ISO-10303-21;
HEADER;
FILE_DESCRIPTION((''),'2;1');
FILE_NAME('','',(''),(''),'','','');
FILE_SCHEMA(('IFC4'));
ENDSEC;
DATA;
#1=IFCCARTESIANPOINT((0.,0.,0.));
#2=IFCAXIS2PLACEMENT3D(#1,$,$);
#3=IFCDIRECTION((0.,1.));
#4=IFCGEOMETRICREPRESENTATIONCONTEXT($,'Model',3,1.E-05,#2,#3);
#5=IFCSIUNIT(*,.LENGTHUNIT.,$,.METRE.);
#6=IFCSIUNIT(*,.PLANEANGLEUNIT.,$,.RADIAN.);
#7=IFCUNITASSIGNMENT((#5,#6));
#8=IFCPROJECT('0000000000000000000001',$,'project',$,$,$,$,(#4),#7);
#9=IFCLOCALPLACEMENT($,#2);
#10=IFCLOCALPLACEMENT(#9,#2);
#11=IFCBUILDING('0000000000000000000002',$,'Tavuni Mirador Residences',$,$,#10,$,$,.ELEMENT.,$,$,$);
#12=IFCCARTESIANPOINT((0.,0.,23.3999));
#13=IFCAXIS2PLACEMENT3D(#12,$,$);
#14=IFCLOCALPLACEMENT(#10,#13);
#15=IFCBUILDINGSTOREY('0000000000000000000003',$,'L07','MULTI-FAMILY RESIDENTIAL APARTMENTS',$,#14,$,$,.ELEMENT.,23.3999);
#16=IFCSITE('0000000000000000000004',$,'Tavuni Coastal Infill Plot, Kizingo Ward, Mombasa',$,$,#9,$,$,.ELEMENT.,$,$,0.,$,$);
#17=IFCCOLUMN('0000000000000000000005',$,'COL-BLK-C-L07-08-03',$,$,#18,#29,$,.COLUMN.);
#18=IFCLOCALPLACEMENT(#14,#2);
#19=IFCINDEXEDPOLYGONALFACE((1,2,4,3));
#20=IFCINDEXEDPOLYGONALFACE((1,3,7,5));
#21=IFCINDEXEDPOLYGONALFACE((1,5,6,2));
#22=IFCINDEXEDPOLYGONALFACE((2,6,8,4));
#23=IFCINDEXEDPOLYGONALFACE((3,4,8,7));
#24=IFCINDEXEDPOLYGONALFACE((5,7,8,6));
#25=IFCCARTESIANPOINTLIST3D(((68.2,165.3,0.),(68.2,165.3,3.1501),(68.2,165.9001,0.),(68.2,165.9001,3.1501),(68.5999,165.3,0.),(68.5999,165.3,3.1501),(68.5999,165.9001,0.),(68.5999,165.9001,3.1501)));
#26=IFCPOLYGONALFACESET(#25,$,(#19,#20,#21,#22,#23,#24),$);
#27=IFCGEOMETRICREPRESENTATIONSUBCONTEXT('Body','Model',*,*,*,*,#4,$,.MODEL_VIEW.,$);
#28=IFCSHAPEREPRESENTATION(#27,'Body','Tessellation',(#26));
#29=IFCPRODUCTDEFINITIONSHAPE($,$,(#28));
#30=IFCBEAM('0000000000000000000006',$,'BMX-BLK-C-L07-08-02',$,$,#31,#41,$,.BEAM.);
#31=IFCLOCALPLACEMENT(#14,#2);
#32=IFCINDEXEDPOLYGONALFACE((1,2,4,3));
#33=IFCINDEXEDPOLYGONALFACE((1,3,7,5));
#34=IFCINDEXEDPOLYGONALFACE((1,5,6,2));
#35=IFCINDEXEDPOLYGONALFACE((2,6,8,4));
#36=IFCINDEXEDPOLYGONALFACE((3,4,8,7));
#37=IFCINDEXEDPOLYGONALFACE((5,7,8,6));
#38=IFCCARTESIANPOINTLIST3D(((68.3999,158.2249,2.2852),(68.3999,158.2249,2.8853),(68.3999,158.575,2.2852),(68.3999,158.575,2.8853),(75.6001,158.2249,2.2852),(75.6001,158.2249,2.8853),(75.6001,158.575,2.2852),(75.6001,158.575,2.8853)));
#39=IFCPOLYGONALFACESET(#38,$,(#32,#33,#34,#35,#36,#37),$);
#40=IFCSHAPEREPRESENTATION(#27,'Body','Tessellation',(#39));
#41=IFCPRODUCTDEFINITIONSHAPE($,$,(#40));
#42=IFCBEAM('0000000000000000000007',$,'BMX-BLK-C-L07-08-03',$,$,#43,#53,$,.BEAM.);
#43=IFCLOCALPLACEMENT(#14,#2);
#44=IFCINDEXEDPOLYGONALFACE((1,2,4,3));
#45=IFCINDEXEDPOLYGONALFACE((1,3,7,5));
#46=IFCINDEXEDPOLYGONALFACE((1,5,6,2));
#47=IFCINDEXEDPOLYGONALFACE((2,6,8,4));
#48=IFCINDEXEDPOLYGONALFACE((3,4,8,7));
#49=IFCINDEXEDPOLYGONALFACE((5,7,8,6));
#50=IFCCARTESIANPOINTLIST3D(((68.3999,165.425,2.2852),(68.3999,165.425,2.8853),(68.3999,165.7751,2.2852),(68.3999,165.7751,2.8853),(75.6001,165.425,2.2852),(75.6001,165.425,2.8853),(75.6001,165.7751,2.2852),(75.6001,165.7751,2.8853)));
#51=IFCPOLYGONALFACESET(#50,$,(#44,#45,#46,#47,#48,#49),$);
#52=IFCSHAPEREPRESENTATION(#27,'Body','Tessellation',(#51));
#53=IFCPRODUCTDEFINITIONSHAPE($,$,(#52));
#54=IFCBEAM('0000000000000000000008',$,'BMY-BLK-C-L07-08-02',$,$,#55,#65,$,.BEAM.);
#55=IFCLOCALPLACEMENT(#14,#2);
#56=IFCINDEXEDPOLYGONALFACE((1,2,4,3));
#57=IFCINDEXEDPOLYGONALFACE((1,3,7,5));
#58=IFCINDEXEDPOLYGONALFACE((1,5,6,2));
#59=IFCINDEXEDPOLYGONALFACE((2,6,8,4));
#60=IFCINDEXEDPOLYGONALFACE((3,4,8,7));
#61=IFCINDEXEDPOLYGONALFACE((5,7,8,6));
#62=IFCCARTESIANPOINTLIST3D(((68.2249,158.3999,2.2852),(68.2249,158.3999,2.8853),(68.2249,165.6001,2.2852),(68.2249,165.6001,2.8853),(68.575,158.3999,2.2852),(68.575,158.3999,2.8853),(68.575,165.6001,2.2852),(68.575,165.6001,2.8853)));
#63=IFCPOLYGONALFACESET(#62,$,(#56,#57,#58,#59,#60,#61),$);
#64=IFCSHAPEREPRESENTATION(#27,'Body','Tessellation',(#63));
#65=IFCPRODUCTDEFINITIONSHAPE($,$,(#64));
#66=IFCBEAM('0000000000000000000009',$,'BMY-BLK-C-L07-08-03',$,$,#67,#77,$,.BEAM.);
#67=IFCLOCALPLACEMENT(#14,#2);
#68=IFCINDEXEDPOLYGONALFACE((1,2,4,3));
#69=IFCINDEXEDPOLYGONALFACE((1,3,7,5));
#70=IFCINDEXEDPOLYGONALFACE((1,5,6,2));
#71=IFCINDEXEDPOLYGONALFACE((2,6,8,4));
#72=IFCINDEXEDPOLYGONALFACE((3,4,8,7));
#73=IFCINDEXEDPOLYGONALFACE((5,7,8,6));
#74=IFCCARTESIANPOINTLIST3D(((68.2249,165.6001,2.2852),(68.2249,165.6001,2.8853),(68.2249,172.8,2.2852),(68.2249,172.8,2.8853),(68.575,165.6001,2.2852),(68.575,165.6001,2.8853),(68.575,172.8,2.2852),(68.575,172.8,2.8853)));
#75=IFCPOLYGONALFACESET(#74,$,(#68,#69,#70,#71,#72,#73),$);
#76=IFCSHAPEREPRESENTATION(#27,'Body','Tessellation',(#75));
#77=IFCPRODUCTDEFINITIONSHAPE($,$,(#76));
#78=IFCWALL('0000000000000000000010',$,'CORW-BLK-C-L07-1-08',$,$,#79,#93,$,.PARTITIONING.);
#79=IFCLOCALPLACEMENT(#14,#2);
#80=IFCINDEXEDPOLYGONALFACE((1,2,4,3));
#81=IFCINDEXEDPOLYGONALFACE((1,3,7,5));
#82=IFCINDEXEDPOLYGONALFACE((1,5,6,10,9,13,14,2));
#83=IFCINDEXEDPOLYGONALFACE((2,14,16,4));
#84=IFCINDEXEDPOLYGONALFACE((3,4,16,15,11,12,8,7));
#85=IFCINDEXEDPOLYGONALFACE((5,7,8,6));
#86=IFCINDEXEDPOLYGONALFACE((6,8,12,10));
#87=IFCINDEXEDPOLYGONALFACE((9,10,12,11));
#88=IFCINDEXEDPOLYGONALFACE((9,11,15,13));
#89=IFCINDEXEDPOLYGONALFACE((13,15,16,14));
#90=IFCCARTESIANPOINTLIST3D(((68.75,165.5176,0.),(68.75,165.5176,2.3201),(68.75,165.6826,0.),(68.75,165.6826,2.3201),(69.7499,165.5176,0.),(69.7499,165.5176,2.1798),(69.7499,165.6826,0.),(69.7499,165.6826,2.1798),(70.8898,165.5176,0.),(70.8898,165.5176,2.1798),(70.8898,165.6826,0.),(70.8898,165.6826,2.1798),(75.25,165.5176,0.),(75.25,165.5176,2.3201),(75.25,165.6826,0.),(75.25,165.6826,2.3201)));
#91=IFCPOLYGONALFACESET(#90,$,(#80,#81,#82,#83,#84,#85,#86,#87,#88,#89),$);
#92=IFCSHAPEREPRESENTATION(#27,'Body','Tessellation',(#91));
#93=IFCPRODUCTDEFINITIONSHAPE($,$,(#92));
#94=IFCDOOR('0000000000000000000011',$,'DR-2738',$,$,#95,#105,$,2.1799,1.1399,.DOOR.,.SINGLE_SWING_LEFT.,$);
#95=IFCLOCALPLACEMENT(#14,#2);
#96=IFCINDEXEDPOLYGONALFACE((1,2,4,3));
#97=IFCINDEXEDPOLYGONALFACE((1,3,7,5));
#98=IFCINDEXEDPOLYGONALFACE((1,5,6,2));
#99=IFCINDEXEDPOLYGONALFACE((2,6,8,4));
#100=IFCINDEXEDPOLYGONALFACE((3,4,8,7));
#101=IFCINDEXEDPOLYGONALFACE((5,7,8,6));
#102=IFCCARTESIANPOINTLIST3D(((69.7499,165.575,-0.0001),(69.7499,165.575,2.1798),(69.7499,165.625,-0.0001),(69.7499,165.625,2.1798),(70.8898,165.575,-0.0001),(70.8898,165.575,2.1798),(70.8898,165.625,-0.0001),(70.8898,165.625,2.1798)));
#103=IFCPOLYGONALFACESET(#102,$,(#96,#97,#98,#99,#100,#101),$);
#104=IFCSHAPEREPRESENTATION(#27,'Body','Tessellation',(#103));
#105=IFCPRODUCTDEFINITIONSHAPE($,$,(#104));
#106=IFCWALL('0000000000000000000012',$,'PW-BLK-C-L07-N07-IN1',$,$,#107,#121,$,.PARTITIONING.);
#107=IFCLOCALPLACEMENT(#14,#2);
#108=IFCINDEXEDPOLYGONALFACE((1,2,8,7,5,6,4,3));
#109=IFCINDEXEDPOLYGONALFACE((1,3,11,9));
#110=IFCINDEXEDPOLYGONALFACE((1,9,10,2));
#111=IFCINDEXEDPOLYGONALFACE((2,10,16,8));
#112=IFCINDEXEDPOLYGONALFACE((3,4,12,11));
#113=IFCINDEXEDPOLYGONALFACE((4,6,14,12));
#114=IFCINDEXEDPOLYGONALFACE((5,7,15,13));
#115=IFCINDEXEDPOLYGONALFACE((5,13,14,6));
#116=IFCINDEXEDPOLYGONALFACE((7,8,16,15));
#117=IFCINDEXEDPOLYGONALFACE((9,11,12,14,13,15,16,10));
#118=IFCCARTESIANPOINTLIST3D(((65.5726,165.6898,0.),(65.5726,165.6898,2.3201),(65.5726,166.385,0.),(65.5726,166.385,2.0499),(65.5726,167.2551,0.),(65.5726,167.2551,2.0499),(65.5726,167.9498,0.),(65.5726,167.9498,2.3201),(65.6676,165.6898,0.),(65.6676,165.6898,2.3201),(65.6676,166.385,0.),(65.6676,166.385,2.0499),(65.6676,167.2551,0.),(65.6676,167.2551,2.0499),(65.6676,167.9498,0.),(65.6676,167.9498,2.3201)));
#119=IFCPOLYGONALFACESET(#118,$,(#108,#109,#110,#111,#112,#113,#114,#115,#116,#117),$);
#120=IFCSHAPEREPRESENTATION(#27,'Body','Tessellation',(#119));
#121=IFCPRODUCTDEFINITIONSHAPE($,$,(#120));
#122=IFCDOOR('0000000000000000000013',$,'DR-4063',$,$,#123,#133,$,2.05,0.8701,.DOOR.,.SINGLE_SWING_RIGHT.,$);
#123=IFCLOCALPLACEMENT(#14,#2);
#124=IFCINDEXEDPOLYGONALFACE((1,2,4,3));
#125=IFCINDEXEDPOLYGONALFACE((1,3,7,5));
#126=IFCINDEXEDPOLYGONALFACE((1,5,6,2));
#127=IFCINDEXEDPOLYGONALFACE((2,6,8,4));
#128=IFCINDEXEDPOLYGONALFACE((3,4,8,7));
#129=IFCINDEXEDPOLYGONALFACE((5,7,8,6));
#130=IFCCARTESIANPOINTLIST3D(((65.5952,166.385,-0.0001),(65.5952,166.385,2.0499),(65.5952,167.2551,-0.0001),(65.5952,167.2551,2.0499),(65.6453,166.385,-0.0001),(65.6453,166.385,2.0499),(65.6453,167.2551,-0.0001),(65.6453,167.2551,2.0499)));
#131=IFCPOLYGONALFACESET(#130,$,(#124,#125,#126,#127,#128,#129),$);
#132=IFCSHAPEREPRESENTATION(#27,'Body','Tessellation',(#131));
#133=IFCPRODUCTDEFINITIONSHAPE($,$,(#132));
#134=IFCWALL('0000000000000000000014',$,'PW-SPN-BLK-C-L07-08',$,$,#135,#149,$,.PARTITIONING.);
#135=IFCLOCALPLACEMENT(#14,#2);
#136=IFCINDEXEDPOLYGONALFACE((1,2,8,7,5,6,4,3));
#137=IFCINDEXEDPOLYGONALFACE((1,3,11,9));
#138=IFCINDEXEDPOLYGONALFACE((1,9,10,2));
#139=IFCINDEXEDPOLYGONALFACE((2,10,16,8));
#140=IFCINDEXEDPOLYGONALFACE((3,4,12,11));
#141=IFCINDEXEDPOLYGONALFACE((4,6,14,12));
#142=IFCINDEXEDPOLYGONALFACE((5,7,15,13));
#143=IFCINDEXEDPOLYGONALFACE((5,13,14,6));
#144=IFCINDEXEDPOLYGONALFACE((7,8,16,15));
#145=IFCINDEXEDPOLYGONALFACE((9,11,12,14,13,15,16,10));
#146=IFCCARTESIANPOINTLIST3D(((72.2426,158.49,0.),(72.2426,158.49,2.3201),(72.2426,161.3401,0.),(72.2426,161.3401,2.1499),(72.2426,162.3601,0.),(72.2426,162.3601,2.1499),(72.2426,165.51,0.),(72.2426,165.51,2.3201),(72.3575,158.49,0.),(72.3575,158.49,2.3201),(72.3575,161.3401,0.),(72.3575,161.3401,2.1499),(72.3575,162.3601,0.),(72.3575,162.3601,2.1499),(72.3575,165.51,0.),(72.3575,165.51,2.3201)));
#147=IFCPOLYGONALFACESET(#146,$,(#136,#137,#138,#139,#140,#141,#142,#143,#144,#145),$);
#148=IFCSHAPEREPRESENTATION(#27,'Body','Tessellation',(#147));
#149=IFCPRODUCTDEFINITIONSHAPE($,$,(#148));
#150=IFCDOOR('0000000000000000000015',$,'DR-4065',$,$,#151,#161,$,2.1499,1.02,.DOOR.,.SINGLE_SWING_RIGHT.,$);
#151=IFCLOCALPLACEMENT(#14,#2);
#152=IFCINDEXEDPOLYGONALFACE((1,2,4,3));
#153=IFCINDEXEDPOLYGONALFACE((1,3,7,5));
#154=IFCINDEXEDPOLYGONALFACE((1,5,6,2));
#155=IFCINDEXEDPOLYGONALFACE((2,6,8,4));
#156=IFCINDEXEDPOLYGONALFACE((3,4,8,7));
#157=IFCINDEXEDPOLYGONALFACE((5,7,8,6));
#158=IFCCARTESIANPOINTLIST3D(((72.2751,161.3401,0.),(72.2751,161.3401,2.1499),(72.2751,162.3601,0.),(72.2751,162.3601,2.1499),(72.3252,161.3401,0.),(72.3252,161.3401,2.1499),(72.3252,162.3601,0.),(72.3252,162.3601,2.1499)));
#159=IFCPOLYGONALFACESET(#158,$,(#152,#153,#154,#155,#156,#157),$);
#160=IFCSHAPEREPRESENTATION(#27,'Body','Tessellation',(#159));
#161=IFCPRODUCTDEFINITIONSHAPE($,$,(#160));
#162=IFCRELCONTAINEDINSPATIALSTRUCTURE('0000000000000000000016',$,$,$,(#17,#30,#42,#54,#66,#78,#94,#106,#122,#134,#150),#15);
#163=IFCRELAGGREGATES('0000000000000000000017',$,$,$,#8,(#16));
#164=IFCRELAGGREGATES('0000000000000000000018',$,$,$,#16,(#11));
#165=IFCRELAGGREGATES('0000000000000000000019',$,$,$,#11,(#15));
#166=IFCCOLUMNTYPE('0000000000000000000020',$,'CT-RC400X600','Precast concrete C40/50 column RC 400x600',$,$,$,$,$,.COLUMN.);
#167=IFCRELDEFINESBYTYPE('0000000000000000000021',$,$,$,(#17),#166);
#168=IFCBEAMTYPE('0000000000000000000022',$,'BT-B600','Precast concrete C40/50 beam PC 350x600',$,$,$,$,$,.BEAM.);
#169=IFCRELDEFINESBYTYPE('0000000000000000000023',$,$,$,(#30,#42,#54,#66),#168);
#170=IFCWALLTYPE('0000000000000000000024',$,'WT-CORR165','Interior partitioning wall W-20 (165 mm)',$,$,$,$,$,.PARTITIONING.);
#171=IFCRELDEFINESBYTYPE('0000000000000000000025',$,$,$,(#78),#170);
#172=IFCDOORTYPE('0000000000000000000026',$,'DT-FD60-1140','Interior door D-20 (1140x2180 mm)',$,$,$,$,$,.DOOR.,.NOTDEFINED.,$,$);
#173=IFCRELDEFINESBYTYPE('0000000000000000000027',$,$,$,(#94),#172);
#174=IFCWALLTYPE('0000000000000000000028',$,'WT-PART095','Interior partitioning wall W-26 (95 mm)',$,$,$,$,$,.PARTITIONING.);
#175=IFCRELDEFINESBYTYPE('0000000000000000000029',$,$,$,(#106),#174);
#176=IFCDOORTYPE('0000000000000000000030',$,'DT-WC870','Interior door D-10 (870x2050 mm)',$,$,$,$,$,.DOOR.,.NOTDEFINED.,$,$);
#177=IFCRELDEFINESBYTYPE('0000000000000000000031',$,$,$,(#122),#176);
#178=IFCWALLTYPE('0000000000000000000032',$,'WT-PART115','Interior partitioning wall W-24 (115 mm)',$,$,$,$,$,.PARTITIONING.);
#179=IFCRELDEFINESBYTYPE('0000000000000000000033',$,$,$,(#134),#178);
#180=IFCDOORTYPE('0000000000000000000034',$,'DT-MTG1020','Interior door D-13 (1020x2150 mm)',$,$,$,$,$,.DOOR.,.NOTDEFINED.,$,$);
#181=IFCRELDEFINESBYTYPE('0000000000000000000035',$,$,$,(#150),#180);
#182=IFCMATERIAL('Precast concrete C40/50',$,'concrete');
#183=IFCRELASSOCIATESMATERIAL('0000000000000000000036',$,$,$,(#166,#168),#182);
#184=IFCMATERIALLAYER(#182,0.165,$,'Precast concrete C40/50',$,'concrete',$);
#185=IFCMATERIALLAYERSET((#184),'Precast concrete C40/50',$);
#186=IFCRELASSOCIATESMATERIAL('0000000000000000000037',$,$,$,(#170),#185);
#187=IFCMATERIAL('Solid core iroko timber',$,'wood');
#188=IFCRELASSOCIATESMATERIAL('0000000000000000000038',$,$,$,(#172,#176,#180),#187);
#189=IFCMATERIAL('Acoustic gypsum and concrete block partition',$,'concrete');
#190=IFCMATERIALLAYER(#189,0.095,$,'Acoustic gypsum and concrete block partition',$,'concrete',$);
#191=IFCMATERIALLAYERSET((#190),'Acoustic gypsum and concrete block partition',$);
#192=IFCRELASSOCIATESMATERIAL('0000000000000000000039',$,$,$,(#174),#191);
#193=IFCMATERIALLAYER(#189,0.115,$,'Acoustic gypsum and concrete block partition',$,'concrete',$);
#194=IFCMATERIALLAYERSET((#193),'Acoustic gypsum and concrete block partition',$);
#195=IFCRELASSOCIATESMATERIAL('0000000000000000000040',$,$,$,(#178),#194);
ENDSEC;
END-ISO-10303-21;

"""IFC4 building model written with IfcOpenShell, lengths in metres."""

from ifc_helpers import new_model, si_unit, direction, frame, frame_2d, origin, origin_2d, place, context, subcontext, project, spatial, rectangle, extrude, material, layer, layer_set, material_profile, profile_set, type_object, element, fill, save


model = new_model("IFC4")

# Units and contexts
model_context = context("Model", 3, precision=1e-05, world=origin(), true_north=direction((0.0, 1.0)))
body_context = subcontext(model_context, "Body", "Model", "MODEL_VIEW")
ifc_project = project(units=[si_unit("LENGTHUNIT", "METRE"), si_unit("PLANEANGLEUNIT", "RADIAN")], contexts=[model_context])

# Site, building, storey
site_placement = place(None, origin())
site = spatial("IfcSite", under=ifc_project, at=site_placement, Name="Tavuni Coastal Infill Plot, Kizingo Ward, Mombasa", CompositionType="ELEMENT", RefElevation=0.0)
building_placement = place(site_placement, origin())
building = spatial("IfcBuilding", under=site, at=building_placement, Name="Tavuni Mirador Residences", CompositionType="ELEMENT")
storey_placement = place(building_placement, frame((0.0, 0.0, 23.3999)))
storey = spatial("IfcBuildingStorey", under=building, at=storey_placement, Name="L07", Description="MULTI-FAMILY RESIDENTIAL APARTMENTS", CompositionType="ELEMENT", Elevation=23.3999)

# Column
ifc_material_1 = material(Name="Precast concrete C40/50", Category="concrete")
ifc_material_profile_1 = material_profile(ifc_material_1, rectangle(XDim=0.3999, YDim=0.6001, at=origin_2d()), Name="RC 400x600", Category="concrete")
ifc_profile_set_1 = profile_set([ifc_material_profile_1], Name="Precast concrete C40/50")
column_type = type_object("IfcColumnType", Name="CT-RC400X600", Description="Precast concrete C40/50 column RC 400x600", PredefinedType="COLUMN", material=ifc_profile_set_1)
column_placement = place(storey_placement, frame((68.3999, 165.6001, 0.0), z_axis=(0.0, 0.0, 1.0), x_axis=(1.0, 0.0, 0.0)))
element("IfcColumn", 1, at=column_placement, inside=storey, type_object=column_type, Name="COL-BLK-C-L07-08-03", PredefinedType="COLUMN", context=body_context, shape_type="SweptSolid", body=[
    extrude(rectangle(XDim=0.3999, YDim=0.6001, at=origin_2d()), origin(), (0.0, 0.0, 1.0), 3.1501),
])

# Beams
ifc_material_profile_2 = material_profile(ifc_material_1, rectangle(XDim=0.3501, YDim=0.6001, at=origin_2d()), Name="PC 350x600", Category="concrete")
ifc_profile_set_2 = profile_set([ifc_material_profile_2], Name="Precast concrete C40/50")
beam_type = type_object("IfcBeamType", Name="BT-B600", Description="Precast concrete C40/50 beam PC 350x600", PredefinedType="BEAM", material=ifc_profile_set_2)
for number, where, z_axis, x_axis, name in (
    (2, (68.3999, 158.3999, 2.5852), (1.0, 0.0, 0.0), (0.0, 1.0, 0.0), "BMX-BLK-C-L07-08-02"),
    (3, (68.3999, 165.6001, 2.5852), (1.0, 0.0, 0.0), (0.0, 1.0, 0.0), "BMX-BLK-C-L07-08-03"),
    (4, (68.3999, 158.3999, 2.5852), (0.0, 1.0, 0.0), (-1.0, 0.0, 0.0), "BMY-BLK-C-L07-08-02"),
):
    element("IfcBeam", number, at=place(storey_placement, frame(where, z_axis=z_axis, x_axis=x_axis)), inside=storey, type_object=beam_type, Name=name, PredefinedType="BEAM", context=body_context, shape_type="SweptSolid", body=[
        extrude(rectangle(XDim=0.3501, YDim=0.6001, at=origin_2d()), origin(), (0.0, 0.0, 1.0), 7.2002),
    ])
beam_placement = place(storey_placement, frame((68.3999, 165.6001, 2.5852), z_axis=(0.0, 1.0, 0.0), x_axis=(-1.0, 0.0, 0.0)))
element("IfcBeam", 5, at=beam_placement, inside=storey, type_object=beam_type, Name="BMY-BLK-C-L07-08-03", PredefinedType="BEAM", context=body_context, shape_type="SweptSolid", body=[
    extrude(rectangle(XDim=0.3501, YDim=0.6001, at=origin_2d()), origin(), (0.0, 0.0, 1.0), 7.2),
])

# Walls, openings, doors
ifc_layer_1 = layer(ifc_material_1, 0.165, Name="Precast concrete C40/50", Category="concrete")
ifc_layer_set_1 = layer_set([ifc_layer_1], Name="Precast concrete C40/50")
wall_type_1 = type_object("IfcWallType", Name="WT-CORR165", Description="Interior partitioning wall W-20 (165 mm)", PredefinedType="PARTITIONING", material=ifc_layer_set_1)
ifc_material_2 = material(Name="Solid core iroko timber", Category="wood")
wall_1_placement = place(storey_placement, frame((68.75, 165.6001, 0.0), z_axis=(0.0, 0.0, 1.0), x_axis=(1.0, 0.0, 0.0)))
wall_1 = element("IfcWall", 6, at=wall_1_placement, inside=storey, type_object=wall_type_1, Name="CORW-BLK-C-L07-1-08", PredefinedType="PARTITIONING", context=body_context, shape_type="SweptSolid", body=[
    extrude(rectangle(XDim=6.5, YDim=0.165, at=frame_2d((3.25, 0.0))), origin(), (0.0, 0.0, 1.0), 2.3201),
])
opening_1_placement = place(wall_1_placement, frame((1.0, 0.0, 0.0)))
opening_1 = element("IfcOpeningElement", 7, at=opening_1_placement, cuts=wall_1, PredefinedType="OPENING", context=body_context, shape_type="SweptSolid", body=[
    extrude(rectangle(XDim=1.1399, YDim=2.1799, at=frame_2d((0.5698, 1.0898))), frame((0.0, 0.0925, 0.0), z_axis=(0.0, -1.0, 0.0), x_axis=(1.0, 0.0, 0.0)), (0.0, 0.0, 1.0), 0.1851),
])
door_type_1 = type_object("IfcDoorType", Name="DT-FD60-1140", Description="Interior door D-20 (1140x2180 mm)", OperationType="NOTDEFINED", PredefinedType="DOOR", material=ifc_material_2)
door_1_placement = place(opening_1_placement, origin())
door_1 = element("IfcDoor", 8, at=door_1_placement, inside=storey, type_object=door_type_1, Name="DR-2738", OperationType="SINGLE_SWING_LEFT", OverallHeight=2.1799, OverallWidth=1.1399, PredefinedType="DOOR", context=body_context, shape_type="SweptSolid", body=[
    extrude(rectangle(XDim=1.1399, YDim=2.1799, at=frame_2d((0.5698, 1.0898))), frame((0.0, 0.0249, 0.0), z_axis=(0.0, -1.0, 0.0), x_axis=(1.0, 0.0, 0.0)), (0.0, 0.0, 1.0), 0.05),
])
fill(opening_1, door_1)
ifc_material_3 = material(Name="Acoustic gypsum and concrete block partition", Category="concrete")
ifc_layer_2 = layer(ifc_material_3, 0.095, Name="Acoustic gypsum and concrete block partition", Category="concrete")
ifc_layer_set_2 = layer_set([ifc_layer_2], Name="Acoustic gypsum and concrete block partition")
wall_type_2 = type_object("IfcWallType", Name="WT-PART095", Description="Interior partitioning wall W-26 (95 mm)", PredefinedType="PARTITIONING", material=ifc_layer_set_2)
wall_2_placement = place(storey_placement, frame((65.6201, 165.6899, 0.0), z_axis=(0.0, 0.0, 1.0), x_axis=(0.0, 1.0, 0.0)))
wall_2 = element("IfcWall", 9, at=wall_2_placement, inside=storey, type_object=wall_type_2, Name="PW-BLK-C-L07-N07-IN1", PredefinedType="PARTITIONING", context=body_context, shape_type="SweptSolid", body=[
    extrude(rectangle(XDim=2.26, YDim=0.095, at=frame_2d((1.1299, 0.0))), origin(), (0.0, 0.0, 1.0), 2.3201),
])
opening_2_placement = place(wall_2_placement, frame((0.6951, 0.0, 0.0)))
opening_2 = element("IfcOpeningElement", 10, at=opening_2_placement, cuts=wall_2, PredefinedType="OPENING", context=body_context, shape_type="SweptSolid", body=[
    extrude(rectangle(XDim=0.8701, YDim=2.05, at=frame_2d((0.4351, 1.0249))), frame((0.0, 0.0576, 0.0), z_axis=(0.0, -1.0, 0.0), x_axis=(1.0, 0.0, 0.0)), (0.0, 0.0, 1.0), 0.115),
])
door_type_2 = type_object("IfcDoorType", Name="DT-WC870", Description="Interior door D-10 (870x2050 mm)", OperationType="NOTDEFINED", PredefinedType="DOOR", material=ifc_material_2)
door_2_placement = place(opening_2_placement, origin())
door_2 = element("IfcDoor", 11, at=door_2_placement, inside=storey, type_object=door_type_2, Name="DR-4063", OperationType="SINGLE_SWING_RIGHT", OverallHeight=2.05, OverallWidth=0.8701, PredefinedType="DOOR", context=body_context, shape_type="SweptSolid", body=[
    extrude(rectangle(XDim=0.8701, YDim=2.05, at=frame_2d((0.4351, 1.0249))), frame((0.0, 0.0249, 0.0), z_axis=(0.0, -1.0, 0.0), x_axis=(1.0, 0.0, 0.0)), (0.0, 0.0, 1.0), 0.05),
])
fill(opening_2, door_2)
ifc_layer_3 = layer(ifc_material_3, 0.115, Name="Acoustic gypsum and concrete block partition", Category="concrete")
ifc_layer_set_3 = layer_set([ifc_layer_3], Name="Acoustic gypsum and concrete block partition")
wall_type_3 = type_object("IfcWallType", Name="WT-PART115", Description="Interior partitioning wall W-24 (115 mm)", PredefinedType="PARTITIONING", material=ifc_layer_set_3)
wall_3_placement = place(storey_placement, frame((72.3, 158.49, 0.0), z_axis=(0.0, 0.0, 1.0), x_axis=(0.0, 1.0, 0.0)))
wall_3 = element("IfcWall", 12, at=wall_3_placement, inside=storey, type_object=wall_type_3, Name="PW-SPN-BLK-C-L07-08", PredefinedType="PARTITIONING", context=body_context, shape_type="SweptSolid", body=[
    extrude(rectangle(XDim=7.02, YDim=0.115, at=frame_2d((3.51, 0.0))), origin(), (0.0, 0.0, 1.0), 2.3201),
])
opening_3_placement = place(wall_3_placement, frame((2.8501, 0.0, 0.0)))
opening_3 = element("IfcOpeningElement", 13, at=opening_3_placement, cuts=wall_3, PredefinedType="OPENING", context=body_context, shape_type="SweptSolid", body=[
    extrude(rectangle(XDim=1.02, YDim=2.1499, at=frame_2d((0.51, 1.075))), frame((0.0, 0.0674, 0.0), z_axis=(0.0, -1.0, 0.0), x_axis=(1.0, 0.0, 0.0)), (0.0, 0.0, 1.0), 0.135),
])
door_type_3 = type_object("IfcDoorType", Name="DT-MTG1020", Description="Interior door D-13 (1020x2150 mm)", OperationType="NOTDEFINED", PredefinedType="DOOR", material=ifc_material_2)
door_3_placement = place(opening_3_placement, origin())
door_3 = element("IfcDoor", 14, at=door_3_placement, inside=storey, type_object=door_type_3, Name="DR-4065", OperationType="SINGLE_SWING_RIGHT", OverallHeight=2.1499, OverallWidth=1.02, PredefinedType="DOOR", context=body_context, shape_type="SweptSolid", body=[
    extrude(rectangle(XDim=1.02, YDim=2.1499, at=frame_2d((0.51, 1.075))), frame((0.0, 0.0249, 0.0), z_axis=(0.0, -1.0, 0.0), x_axis=(1.0, 0.0, 0.0)), (0.0, 0.0, 1.0), 0.05),
])
fill(opening_3, door_3)

save(model, "model.ifc")
